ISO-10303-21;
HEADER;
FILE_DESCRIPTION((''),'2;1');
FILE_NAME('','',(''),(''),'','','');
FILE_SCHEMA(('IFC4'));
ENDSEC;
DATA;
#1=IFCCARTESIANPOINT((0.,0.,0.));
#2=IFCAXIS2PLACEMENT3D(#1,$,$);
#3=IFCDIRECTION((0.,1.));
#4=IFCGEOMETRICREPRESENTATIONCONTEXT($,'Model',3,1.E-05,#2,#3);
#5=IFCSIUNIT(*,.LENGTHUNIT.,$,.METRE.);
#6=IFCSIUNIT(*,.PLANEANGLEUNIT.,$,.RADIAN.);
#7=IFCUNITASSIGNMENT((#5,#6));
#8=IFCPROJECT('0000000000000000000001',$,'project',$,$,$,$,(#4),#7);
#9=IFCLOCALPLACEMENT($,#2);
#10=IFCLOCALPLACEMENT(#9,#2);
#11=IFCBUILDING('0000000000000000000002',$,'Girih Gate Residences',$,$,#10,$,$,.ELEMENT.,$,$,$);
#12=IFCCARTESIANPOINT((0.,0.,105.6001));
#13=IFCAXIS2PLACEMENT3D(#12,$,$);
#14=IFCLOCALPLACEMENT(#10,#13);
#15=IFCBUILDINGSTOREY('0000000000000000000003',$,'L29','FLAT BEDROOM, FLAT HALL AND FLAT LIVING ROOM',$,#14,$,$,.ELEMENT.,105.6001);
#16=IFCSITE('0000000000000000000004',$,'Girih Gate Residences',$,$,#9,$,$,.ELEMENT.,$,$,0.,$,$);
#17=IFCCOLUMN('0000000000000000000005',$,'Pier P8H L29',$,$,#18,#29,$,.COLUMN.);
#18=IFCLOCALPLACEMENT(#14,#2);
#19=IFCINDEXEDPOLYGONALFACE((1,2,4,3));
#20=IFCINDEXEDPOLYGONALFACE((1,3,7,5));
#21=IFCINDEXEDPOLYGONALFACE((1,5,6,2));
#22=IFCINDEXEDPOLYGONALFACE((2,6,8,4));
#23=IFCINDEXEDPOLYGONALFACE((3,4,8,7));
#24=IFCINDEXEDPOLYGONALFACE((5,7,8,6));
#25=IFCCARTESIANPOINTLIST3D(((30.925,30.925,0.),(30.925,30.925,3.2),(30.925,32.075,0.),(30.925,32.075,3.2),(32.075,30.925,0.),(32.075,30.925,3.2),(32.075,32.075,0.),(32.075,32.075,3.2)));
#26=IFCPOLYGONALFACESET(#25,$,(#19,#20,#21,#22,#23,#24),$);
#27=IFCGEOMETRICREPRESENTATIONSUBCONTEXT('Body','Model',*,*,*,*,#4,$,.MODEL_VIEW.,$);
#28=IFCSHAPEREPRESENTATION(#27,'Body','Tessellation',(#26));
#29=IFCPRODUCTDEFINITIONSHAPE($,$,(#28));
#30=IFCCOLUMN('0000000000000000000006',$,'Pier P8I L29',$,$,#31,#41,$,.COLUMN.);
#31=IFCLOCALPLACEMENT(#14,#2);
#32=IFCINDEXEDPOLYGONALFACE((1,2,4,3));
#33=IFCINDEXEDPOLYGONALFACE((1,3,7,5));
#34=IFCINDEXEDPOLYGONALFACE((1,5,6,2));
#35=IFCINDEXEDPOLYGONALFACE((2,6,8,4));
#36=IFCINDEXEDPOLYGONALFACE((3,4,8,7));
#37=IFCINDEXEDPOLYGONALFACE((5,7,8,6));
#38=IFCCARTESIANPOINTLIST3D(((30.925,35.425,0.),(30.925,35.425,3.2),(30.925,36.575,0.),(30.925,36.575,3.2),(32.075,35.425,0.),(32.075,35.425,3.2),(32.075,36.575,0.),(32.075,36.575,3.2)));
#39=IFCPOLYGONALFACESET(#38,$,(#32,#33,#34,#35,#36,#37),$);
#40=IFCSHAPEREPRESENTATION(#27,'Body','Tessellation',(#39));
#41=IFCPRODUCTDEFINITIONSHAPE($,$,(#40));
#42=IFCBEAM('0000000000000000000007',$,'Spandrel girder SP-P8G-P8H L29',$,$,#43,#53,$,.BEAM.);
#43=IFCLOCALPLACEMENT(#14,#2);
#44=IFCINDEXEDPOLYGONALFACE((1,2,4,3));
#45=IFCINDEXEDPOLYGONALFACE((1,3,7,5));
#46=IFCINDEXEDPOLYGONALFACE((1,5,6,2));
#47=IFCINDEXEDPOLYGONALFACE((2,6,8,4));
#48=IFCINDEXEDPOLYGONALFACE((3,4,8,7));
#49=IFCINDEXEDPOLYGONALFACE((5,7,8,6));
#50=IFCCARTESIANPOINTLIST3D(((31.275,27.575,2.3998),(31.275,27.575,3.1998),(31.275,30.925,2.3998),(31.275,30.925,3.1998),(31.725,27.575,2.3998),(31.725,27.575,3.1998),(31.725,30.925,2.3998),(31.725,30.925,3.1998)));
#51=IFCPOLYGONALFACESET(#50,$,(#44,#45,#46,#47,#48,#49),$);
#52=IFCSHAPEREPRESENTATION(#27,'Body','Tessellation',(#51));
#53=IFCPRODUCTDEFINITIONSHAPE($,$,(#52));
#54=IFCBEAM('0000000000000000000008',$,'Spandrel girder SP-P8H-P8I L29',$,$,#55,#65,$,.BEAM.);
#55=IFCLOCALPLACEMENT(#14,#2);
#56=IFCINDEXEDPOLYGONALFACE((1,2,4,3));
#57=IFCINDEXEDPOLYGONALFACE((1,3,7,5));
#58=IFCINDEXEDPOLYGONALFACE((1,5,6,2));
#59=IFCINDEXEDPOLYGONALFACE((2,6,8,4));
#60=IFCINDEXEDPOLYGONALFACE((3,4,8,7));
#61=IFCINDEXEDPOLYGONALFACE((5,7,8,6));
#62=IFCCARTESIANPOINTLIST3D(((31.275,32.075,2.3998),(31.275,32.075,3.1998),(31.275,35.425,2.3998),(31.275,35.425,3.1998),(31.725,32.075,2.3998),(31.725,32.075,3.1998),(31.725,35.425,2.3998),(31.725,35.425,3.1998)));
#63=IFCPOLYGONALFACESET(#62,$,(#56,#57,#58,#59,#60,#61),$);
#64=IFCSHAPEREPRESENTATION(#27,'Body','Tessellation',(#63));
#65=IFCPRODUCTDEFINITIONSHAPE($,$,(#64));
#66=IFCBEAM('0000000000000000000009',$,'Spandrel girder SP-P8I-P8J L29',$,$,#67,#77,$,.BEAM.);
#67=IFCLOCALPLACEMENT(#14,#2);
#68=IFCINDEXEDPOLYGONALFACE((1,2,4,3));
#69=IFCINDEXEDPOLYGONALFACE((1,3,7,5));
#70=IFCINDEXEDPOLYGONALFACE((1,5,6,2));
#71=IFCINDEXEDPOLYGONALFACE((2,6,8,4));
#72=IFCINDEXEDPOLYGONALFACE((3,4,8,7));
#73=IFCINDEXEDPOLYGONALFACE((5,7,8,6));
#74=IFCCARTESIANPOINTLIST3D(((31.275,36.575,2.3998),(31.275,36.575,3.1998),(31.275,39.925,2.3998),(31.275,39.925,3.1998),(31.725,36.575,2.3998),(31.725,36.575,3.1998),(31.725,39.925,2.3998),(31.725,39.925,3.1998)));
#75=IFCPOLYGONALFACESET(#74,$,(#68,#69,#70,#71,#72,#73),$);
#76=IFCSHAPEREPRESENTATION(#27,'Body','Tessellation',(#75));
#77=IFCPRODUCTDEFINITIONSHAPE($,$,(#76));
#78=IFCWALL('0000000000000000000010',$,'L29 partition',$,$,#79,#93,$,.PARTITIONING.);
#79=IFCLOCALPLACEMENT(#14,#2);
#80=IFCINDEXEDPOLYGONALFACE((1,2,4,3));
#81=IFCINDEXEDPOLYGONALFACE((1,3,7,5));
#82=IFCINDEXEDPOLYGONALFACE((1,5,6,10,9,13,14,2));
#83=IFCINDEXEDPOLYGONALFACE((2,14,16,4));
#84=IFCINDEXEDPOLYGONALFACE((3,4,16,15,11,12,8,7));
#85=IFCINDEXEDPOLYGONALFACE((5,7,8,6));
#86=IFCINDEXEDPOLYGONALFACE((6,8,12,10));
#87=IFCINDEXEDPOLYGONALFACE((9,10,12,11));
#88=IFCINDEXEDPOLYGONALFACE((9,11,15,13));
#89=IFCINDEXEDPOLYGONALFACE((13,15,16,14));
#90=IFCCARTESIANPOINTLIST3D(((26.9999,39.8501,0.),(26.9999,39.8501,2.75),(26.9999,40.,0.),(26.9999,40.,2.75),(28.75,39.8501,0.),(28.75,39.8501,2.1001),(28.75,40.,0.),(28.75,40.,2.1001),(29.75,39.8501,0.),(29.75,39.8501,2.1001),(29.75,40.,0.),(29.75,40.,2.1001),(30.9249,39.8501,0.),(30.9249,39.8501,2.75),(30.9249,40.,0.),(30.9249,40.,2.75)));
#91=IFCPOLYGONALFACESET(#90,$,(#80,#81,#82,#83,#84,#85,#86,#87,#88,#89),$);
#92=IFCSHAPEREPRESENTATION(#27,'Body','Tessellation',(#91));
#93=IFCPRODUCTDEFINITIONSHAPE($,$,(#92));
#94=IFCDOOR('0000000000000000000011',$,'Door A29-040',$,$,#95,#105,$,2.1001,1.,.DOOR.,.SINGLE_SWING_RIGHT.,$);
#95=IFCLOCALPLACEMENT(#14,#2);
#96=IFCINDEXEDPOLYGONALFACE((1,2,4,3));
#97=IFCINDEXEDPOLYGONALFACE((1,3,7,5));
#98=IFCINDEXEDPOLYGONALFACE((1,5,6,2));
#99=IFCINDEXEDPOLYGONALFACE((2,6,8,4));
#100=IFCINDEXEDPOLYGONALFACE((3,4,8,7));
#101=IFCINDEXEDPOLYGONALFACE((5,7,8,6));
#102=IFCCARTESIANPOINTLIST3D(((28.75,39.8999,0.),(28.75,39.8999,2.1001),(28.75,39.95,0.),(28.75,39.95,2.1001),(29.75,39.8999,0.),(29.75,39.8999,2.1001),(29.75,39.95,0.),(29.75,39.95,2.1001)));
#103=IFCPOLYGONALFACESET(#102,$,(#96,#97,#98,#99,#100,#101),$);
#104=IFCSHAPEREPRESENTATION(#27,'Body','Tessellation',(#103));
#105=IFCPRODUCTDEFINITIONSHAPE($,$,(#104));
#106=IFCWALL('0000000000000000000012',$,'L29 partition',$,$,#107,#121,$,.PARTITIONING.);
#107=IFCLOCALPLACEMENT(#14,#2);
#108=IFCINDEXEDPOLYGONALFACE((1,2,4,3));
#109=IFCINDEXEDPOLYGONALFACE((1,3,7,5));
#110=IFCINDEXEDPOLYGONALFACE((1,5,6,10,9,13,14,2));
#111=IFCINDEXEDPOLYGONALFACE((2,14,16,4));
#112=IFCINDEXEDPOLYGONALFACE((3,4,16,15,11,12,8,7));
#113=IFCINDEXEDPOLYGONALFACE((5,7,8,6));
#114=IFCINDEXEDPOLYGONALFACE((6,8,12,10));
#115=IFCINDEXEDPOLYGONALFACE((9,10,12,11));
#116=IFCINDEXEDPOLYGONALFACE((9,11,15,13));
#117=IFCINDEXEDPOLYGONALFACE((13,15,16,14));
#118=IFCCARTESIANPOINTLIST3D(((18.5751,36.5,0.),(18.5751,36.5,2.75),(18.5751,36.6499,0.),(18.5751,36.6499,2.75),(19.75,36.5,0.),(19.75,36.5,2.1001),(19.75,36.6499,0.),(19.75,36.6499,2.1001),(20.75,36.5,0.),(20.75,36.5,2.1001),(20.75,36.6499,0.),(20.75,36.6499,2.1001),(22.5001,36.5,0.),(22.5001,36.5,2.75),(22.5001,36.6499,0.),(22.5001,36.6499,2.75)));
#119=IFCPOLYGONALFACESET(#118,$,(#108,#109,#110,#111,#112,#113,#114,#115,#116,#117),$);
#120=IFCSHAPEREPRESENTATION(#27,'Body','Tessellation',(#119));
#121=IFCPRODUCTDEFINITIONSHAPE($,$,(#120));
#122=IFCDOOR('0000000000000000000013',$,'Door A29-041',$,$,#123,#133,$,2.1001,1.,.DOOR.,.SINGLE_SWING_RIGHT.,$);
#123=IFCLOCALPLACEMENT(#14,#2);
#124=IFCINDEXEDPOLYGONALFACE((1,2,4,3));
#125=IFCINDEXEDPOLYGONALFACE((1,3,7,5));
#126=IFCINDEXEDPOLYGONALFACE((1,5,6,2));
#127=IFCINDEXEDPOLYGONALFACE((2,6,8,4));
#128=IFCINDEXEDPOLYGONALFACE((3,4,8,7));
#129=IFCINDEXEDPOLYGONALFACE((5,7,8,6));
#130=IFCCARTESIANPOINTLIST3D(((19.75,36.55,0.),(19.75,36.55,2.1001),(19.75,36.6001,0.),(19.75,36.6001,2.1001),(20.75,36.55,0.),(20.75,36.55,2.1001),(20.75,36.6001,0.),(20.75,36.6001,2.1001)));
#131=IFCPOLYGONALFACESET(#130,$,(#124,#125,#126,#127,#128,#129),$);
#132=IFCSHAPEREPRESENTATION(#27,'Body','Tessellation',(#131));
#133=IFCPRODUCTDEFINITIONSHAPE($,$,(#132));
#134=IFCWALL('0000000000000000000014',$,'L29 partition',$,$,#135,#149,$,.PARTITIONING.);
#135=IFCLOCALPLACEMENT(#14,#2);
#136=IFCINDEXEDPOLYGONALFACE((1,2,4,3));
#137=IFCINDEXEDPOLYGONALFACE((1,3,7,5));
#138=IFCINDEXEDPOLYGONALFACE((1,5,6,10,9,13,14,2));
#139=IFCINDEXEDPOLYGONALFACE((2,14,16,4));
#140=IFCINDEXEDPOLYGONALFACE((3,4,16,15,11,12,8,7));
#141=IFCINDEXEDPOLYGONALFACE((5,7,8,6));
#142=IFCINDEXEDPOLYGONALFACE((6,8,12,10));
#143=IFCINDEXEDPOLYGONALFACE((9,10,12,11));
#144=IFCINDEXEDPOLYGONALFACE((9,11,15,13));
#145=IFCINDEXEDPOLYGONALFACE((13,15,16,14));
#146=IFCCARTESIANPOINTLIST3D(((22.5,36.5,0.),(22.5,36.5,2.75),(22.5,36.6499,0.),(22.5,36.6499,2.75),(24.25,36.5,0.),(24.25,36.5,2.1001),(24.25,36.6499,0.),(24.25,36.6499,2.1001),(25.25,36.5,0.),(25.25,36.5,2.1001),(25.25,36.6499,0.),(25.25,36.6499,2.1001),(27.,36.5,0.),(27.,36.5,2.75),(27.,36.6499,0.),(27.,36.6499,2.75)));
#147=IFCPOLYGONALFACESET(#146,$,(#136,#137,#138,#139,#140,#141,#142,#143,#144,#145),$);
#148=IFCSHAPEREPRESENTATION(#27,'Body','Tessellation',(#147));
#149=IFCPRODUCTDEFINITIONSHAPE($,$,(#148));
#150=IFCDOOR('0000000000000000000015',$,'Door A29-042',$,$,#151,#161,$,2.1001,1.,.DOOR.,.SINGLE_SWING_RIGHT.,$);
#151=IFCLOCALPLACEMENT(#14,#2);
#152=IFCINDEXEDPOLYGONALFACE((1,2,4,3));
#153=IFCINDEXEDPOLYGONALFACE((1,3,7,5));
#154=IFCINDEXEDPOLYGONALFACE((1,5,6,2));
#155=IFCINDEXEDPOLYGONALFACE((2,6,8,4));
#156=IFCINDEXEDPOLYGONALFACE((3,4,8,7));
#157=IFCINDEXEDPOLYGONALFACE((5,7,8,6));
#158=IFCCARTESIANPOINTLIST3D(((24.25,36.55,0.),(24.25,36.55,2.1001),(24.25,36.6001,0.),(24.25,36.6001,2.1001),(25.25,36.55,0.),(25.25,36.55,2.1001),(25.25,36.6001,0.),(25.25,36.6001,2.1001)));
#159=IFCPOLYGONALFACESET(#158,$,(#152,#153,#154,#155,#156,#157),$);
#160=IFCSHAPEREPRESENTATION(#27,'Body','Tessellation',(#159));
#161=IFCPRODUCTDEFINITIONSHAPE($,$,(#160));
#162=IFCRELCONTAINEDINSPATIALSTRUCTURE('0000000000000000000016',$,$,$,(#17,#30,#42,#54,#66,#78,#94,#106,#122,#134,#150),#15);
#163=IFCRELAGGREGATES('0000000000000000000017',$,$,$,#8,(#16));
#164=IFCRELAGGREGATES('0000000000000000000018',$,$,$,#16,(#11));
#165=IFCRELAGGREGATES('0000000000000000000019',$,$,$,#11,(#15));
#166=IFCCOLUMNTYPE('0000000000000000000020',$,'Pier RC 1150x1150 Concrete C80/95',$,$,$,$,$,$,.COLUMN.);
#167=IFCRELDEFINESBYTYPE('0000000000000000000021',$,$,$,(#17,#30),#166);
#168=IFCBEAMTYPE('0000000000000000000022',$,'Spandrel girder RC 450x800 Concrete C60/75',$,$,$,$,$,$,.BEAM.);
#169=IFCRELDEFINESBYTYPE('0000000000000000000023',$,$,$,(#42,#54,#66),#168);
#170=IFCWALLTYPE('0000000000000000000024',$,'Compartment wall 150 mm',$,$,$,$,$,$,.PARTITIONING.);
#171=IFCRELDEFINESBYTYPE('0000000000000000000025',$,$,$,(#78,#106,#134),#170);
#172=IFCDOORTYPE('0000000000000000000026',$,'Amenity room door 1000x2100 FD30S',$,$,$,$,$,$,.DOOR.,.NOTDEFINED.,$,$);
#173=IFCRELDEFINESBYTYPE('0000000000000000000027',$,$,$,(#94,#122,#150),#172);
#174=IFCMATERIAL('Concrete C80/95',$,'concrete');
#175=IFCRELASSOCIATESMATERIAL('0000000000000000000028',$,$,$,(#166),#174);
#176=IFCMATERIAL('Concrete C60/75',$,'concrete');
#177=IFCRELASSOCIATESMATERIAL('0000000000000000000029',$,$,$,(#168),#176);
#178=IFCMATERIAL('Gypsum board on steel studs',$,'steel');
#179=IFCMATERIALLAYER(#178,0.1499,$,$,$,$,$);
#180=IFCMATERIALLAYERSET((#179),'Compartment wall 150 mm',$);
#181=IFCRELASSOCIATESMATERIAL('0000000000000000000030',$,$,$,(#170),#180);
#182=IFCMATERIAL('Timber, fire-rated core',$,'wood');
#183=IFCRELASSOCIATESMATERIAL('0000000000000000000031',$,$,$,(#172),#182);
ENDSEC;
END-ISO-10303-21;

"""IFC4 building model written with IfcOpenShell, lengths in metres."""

from ifc_helpers import new_model, si_unit, direction, frame, frame_2d, origin, origin_2d, place, context, subcontext, project, spatial, rectangle, extrude, material, layer, layer_set, material_profile, profile_set, type_object, element, fill, save


model = new_model("IFC4")

# Units and contexts
model_context = context("Model", 3, precision=1e-05, world=origin(), true_north=direction((0.0, 1.0)))
body_context = subcontext(model_context, "Body", "Model", "MODEL_VIEW")
ifc_project = project(units=[si_unit("LENGTHUNIT", "METRE"), si_unit("PLANEANGLEUNIT", "RADIAN")], contexts=[model_context])

# Site, building, storey
site_placement = place(None, origin())
site = spatial("IfcSite", under=ifc_project, at=site_placement, Name="Girih Gate Residences", CompositionType="ELEMENT", RefElevation=0.0)
building_placement = place(site_placement, origin())
building = spatial("IfcBuilding", under=site, at=building_placement, Name="Girih Gate Residences", CompositionType="ELEMENT")
storey_placement = place(building_placement, frame((0.0, 0.0, 105.6001)))
storey = spatial("IfcBuildingStorey", under=building, at=storey_placement, Name="L29", Description="FLAT BEDROOM, FLAT HALL AND FLAT LIVING ROOM", CompositionType="ELEMENT", Elevation=105.6001)

# Columns
ifc_material_1 = material(Name="Concrete C80/95", Category="concrete")
ifc_material_profile_1 = material_profile(ifc_material_1, rectangle(XDim=1.1499, YDim=1.1499, at=origin_2d()))
ifc_profile_set_1 = profile_set([ifc_material_profile_1], Name="Concrete C80/95")
column_type = type_object("IfcColumnType", Name="Pier RC 1150x1150 Concrete C80/95", PredefinedType="COLUMN", material=ifc_profile_set_1)
for number, where, z_axis, x_axis, name in (
    (1, (31.5, 31.5, 0.0), (0.0, 0.0, 1.0), (1.0, 0.0, 0.0), "Pier P8H L29"),
    (2, (31.5, 36.0, 0.0), (0.0, 0.0, 1.0), (1.0, 0.0, 0.0), "Pier P8I L29"),
):
    element("IfcColumn", number, at=place(storey_placement, frame(where, z_axis=z_axis, x_axis=x_axis)), inside=storey, type_object=column_type, Name=name, PredefinedType="COLUMN", context=body_context, shape_type="SweptSolid", body=[
        extrude(rectangle(XDim=1.1499, YDim=1.1499, at=origin_2d()), origin(), (0.0, 0.0, 1.0), 3.2),
    ])

# Beams
ifc_material_2 = material(Name="Concrete C60/75", Category="concrete")
ifc_material_profile_2 = material_profile(ifc_material_2, rectangle(XDim=0.45, YDim=0.8, at=origin_2d()))
ifc_profile_set_2 = profile_set([ifc_material_profile_2], Name="Concrete C60/75")
beam_type = type_object("IfcBeamType", Name="Spandrel girder RC 450x800 Concrete C60/75", PredefinedType="BEAM", material=ifc_profile_set_2)
for number, where, z_axis, x_axis, name in (
    (3, (31.5, 27.575, 2.7998), (0.0, 1.0, 0.0), (-1.0, 0.0, 0.0), "Spandrel girder SP-P8G-P8H L29"),
    (4, (31.5, 32.075, 2.7998), (0.0, 1.0, 0.0), (-1.0, 0.0, 0.0), "Spandrel girder SP-P8H-P8I L29"),
    (5, (31.5, 36.575, 2.7998), (0.0, 1.0, 0.0), (-1.0, 0.0, 0.0), "Spandrel girder SP-P8I-P8J L29"),
):
    element("IfcBeam", number, at=place(storey_placement, frame(where, z_axis=z_axis, x_axis=x_axis)), inside=storey, type_object=beam_type, Name=name, PredefinedType="BEAM", context=body_context, shape_type="SweptSolid", body=[
        extrude(rectangle(XDim=0.45, YDim=0.8, at=origin_2d()), origin(), (0.0, 0.0, 1.0), 3.3501),
    ])

# Walls, openings, doors
ifc_material_3 = material(Name="Gypsum board on steel studs", Category="steel")
ifc_layer_1 = layer(ifc_material_3, 0.1499)
ifc_layer_set_1 = layer_set([ifc_layer_1], Name="Compartment wall 150 mm")
wall_type_1 = type_object("IfcWallType", Name="Compartment wall 150 mm", PredefinedType="PARTITIONING", material=ifc_layer_set_1)
wall_1_placement = place(storey_placement, frame((27.0, 39.925, 0.0), z_axis=(0.0, 0.0, 1.0), x_axis=(1.0, 0.0, 0.0)))
wall_1 = element("IfcWall", 6, at=wall_1_placement, inside=storey, type_object=wall_type_1, Name="L29 partition", PredefinedType="PARTITIONING", context=body_context, shape_type="SweptSolid", body=[
    extrude(rectangle(XDim=3.925, YDim=0.1499, at=frame_2d((1.9624, 0.0))), origin(), (0.0, 0.0, 1.0), 2.75),
])
opening_1_placement = place(wall_1_placement, frame((1.75, 0.0, 0.0)))
opening_1 = element("IfcOpeningElement", 7, at=opening_1_placement, cuts=wall_1, PredefinedType="OPENING", context=body_context, shape_type="SweptSolid", body=[
    extrude(rectangle(XDim=1.0, YDim=2.1001, at=frame_2d((0.5, 1.05))), frame((0.0, 0.085, 0.0), z_axis=(0.0, -1.0, 0.0), x_axis=(1.0, 0.0, 0.0)), (0.0, 0.0, 1.0), 0.1699),
])
ifc_material_4 = material(Name="Timber, fire-rated core", Category="wood")
door_type = type_object("IfcDoorType", Name="Amenity room door 1000x2100 FD30S", OperationType="NOTDEFINED", PredefinedType="DOOR", material=ifc_material_4)
door_1_placement = place(opening_1_placement, origin())
door_1 = element("IfcDoor", 8, at=door_1_placement, inside=storey, type_object=door_type, Name="Door A29-040", OperationType="SINGLE_SWING_RIGHT", OverallHeight=2.1001, OverallWidth=1.0, PredefinedType="DOOR", context=body_context, shape_type="SweptSolid", body=[
    extrude(rectangle(XDim=1.0, YDim=2.1001, at=frame_2d((0.5, 1.05))), frame((0.0, 0.0249, 0.0), z_axis=(0.0, -1.0, 0.0), x_axis=(1.0, 0.0, 0.0)), (0.0, 0.0, 1.0), 0.05),
])
fill(opening_1, door_1)
wall_2_placement = place(storey_placement, frame((22.5, 36.575, 0.0), z_axis=(0.0, 0.0, 1.0), x_axis=(-1.0, 0.0, 0.0)))
wall_2 = element("IfcWall", 9, at=wall_2_placement, inside=storey, type_object=wall_type_1, Name="L29 partition", PredefinedType="PARTITIONING", context=body_context, shape_type="SweptSolid", body=[
    extrude(rectangle(XDim=3.925, YDim=0.1499, at=frame_2d((1.9624, 0.0))), origin(), (0.0, 0.0, 1.0), 2.75),
])
opening_2_placement = place(wall_2_placement, frame((1.75, 0.0, 0.0)))
opening_2 = element("IfcOpeningElement", 10, at=opening_2_placement, cuts=wall_2, PredefinedType="OPENING", context=body_context, shape_type="SweptSolid", body=[
    extrude(rectangle(XDim=1.0, YDim=2.1001, at=frame_2d((0.5, 1.05))), frame((0.0, 0.085, 0.0), z_axis=(0.0, -1.0, 0.0), x_axis=(1.0, 0.0, 0.0)), (0.0, 0.0, 1.0), 0.1699),
])
door_2_placement = place(opening_2_placement, origin())
door_2 = element("IfcDoor", 11, at=door_2_placement, inside=storey, type_object=door_type, Name="Door A29-041", OperationType="SINGLE_SWING_RIGHT", OverallHeight=2.1001, OverallWidth=1.0, PredefinedType="DOOR", context=body_context, shape_type="SweptSolid", body=[
    extrude(rectangle(XDim=1.0, YDim=2.1001, at=frame_2d((0.5, 1.05))), frame((0.0, 0.0249, 0.0), z_axis=(0.0, -1.0, 0.0), x_axis=(1.0, 0.0, 0.0)), (0.0, 0.0, 1.0), 0.05),
])
fill(opening_2, door_2)
wall_3_placement = place(storey_placement, frame((27.0, 36.575, 0.0), z_axis=(0.0, 0.0, 1.0), x_axis=(-1.0, 0.0, 0.0)))
wall_3 = element("IfcWall", 12, at=wall_3_placement, inside=storey, type_object=wall_type_1, Name="L29 partition", PredefinedType="PARTITIONING", context=body_context, shape_type="SweptSolid", body=[
    extrude(rectangle(XDim=4.5, YDim=0.1499, at=frame_2d((2.25, 0.0))), origin(), (0.0, 0.0, 1.0), 2.75),
])
opening_3_placement = place(wall_3_placement, frame((1.75, 0.0, 0.0)))
opening_3 = element("IfcOpeningElement", 13, at=opening_3_placement, cuts=wall_3, PredefinedType="OPENING", context=body_context, shape_type="SweptSolid", body=[
    extrude(rectangle(XDim=1.0, YDim=2.1001, at=frame_2d((0.5, 1.05))), frame((0.0, 0.085, 0.0), z_axis=(0.0, -1.0, 0.0), x_axis=(1.0, 0.0, 0.0)), (0.0, 0.0, 1.0), 0.1699),
])
door_3_placement = place(opening_3_placement, origin())
door_3 = element("IfcDoor", 14, at=door_3_placement, inside=storey, type_object=door_type, Name="Door A29-042", OperationType="SINGLE_SWING_RIGHT", OverallHeight=2.1001, OverallWidth=1.0, PredefinedType="DOOR", context=body_context, shape_type="SweptSolid", body=[
    extrude(rectangle(XDim=1.0, YDim=2.1001, at=frame_2d((0.5, 1.05))), frame((0.0, 0.0249, 0.0), z_axis=(0.0, -1.0, 0.0), x_axis=(1.0, 0.0, 0.0)), (0.0, 0.0, 1.0), 0.05),
])
fill(opening_3, door_3)

save(model, "model.ifc")
